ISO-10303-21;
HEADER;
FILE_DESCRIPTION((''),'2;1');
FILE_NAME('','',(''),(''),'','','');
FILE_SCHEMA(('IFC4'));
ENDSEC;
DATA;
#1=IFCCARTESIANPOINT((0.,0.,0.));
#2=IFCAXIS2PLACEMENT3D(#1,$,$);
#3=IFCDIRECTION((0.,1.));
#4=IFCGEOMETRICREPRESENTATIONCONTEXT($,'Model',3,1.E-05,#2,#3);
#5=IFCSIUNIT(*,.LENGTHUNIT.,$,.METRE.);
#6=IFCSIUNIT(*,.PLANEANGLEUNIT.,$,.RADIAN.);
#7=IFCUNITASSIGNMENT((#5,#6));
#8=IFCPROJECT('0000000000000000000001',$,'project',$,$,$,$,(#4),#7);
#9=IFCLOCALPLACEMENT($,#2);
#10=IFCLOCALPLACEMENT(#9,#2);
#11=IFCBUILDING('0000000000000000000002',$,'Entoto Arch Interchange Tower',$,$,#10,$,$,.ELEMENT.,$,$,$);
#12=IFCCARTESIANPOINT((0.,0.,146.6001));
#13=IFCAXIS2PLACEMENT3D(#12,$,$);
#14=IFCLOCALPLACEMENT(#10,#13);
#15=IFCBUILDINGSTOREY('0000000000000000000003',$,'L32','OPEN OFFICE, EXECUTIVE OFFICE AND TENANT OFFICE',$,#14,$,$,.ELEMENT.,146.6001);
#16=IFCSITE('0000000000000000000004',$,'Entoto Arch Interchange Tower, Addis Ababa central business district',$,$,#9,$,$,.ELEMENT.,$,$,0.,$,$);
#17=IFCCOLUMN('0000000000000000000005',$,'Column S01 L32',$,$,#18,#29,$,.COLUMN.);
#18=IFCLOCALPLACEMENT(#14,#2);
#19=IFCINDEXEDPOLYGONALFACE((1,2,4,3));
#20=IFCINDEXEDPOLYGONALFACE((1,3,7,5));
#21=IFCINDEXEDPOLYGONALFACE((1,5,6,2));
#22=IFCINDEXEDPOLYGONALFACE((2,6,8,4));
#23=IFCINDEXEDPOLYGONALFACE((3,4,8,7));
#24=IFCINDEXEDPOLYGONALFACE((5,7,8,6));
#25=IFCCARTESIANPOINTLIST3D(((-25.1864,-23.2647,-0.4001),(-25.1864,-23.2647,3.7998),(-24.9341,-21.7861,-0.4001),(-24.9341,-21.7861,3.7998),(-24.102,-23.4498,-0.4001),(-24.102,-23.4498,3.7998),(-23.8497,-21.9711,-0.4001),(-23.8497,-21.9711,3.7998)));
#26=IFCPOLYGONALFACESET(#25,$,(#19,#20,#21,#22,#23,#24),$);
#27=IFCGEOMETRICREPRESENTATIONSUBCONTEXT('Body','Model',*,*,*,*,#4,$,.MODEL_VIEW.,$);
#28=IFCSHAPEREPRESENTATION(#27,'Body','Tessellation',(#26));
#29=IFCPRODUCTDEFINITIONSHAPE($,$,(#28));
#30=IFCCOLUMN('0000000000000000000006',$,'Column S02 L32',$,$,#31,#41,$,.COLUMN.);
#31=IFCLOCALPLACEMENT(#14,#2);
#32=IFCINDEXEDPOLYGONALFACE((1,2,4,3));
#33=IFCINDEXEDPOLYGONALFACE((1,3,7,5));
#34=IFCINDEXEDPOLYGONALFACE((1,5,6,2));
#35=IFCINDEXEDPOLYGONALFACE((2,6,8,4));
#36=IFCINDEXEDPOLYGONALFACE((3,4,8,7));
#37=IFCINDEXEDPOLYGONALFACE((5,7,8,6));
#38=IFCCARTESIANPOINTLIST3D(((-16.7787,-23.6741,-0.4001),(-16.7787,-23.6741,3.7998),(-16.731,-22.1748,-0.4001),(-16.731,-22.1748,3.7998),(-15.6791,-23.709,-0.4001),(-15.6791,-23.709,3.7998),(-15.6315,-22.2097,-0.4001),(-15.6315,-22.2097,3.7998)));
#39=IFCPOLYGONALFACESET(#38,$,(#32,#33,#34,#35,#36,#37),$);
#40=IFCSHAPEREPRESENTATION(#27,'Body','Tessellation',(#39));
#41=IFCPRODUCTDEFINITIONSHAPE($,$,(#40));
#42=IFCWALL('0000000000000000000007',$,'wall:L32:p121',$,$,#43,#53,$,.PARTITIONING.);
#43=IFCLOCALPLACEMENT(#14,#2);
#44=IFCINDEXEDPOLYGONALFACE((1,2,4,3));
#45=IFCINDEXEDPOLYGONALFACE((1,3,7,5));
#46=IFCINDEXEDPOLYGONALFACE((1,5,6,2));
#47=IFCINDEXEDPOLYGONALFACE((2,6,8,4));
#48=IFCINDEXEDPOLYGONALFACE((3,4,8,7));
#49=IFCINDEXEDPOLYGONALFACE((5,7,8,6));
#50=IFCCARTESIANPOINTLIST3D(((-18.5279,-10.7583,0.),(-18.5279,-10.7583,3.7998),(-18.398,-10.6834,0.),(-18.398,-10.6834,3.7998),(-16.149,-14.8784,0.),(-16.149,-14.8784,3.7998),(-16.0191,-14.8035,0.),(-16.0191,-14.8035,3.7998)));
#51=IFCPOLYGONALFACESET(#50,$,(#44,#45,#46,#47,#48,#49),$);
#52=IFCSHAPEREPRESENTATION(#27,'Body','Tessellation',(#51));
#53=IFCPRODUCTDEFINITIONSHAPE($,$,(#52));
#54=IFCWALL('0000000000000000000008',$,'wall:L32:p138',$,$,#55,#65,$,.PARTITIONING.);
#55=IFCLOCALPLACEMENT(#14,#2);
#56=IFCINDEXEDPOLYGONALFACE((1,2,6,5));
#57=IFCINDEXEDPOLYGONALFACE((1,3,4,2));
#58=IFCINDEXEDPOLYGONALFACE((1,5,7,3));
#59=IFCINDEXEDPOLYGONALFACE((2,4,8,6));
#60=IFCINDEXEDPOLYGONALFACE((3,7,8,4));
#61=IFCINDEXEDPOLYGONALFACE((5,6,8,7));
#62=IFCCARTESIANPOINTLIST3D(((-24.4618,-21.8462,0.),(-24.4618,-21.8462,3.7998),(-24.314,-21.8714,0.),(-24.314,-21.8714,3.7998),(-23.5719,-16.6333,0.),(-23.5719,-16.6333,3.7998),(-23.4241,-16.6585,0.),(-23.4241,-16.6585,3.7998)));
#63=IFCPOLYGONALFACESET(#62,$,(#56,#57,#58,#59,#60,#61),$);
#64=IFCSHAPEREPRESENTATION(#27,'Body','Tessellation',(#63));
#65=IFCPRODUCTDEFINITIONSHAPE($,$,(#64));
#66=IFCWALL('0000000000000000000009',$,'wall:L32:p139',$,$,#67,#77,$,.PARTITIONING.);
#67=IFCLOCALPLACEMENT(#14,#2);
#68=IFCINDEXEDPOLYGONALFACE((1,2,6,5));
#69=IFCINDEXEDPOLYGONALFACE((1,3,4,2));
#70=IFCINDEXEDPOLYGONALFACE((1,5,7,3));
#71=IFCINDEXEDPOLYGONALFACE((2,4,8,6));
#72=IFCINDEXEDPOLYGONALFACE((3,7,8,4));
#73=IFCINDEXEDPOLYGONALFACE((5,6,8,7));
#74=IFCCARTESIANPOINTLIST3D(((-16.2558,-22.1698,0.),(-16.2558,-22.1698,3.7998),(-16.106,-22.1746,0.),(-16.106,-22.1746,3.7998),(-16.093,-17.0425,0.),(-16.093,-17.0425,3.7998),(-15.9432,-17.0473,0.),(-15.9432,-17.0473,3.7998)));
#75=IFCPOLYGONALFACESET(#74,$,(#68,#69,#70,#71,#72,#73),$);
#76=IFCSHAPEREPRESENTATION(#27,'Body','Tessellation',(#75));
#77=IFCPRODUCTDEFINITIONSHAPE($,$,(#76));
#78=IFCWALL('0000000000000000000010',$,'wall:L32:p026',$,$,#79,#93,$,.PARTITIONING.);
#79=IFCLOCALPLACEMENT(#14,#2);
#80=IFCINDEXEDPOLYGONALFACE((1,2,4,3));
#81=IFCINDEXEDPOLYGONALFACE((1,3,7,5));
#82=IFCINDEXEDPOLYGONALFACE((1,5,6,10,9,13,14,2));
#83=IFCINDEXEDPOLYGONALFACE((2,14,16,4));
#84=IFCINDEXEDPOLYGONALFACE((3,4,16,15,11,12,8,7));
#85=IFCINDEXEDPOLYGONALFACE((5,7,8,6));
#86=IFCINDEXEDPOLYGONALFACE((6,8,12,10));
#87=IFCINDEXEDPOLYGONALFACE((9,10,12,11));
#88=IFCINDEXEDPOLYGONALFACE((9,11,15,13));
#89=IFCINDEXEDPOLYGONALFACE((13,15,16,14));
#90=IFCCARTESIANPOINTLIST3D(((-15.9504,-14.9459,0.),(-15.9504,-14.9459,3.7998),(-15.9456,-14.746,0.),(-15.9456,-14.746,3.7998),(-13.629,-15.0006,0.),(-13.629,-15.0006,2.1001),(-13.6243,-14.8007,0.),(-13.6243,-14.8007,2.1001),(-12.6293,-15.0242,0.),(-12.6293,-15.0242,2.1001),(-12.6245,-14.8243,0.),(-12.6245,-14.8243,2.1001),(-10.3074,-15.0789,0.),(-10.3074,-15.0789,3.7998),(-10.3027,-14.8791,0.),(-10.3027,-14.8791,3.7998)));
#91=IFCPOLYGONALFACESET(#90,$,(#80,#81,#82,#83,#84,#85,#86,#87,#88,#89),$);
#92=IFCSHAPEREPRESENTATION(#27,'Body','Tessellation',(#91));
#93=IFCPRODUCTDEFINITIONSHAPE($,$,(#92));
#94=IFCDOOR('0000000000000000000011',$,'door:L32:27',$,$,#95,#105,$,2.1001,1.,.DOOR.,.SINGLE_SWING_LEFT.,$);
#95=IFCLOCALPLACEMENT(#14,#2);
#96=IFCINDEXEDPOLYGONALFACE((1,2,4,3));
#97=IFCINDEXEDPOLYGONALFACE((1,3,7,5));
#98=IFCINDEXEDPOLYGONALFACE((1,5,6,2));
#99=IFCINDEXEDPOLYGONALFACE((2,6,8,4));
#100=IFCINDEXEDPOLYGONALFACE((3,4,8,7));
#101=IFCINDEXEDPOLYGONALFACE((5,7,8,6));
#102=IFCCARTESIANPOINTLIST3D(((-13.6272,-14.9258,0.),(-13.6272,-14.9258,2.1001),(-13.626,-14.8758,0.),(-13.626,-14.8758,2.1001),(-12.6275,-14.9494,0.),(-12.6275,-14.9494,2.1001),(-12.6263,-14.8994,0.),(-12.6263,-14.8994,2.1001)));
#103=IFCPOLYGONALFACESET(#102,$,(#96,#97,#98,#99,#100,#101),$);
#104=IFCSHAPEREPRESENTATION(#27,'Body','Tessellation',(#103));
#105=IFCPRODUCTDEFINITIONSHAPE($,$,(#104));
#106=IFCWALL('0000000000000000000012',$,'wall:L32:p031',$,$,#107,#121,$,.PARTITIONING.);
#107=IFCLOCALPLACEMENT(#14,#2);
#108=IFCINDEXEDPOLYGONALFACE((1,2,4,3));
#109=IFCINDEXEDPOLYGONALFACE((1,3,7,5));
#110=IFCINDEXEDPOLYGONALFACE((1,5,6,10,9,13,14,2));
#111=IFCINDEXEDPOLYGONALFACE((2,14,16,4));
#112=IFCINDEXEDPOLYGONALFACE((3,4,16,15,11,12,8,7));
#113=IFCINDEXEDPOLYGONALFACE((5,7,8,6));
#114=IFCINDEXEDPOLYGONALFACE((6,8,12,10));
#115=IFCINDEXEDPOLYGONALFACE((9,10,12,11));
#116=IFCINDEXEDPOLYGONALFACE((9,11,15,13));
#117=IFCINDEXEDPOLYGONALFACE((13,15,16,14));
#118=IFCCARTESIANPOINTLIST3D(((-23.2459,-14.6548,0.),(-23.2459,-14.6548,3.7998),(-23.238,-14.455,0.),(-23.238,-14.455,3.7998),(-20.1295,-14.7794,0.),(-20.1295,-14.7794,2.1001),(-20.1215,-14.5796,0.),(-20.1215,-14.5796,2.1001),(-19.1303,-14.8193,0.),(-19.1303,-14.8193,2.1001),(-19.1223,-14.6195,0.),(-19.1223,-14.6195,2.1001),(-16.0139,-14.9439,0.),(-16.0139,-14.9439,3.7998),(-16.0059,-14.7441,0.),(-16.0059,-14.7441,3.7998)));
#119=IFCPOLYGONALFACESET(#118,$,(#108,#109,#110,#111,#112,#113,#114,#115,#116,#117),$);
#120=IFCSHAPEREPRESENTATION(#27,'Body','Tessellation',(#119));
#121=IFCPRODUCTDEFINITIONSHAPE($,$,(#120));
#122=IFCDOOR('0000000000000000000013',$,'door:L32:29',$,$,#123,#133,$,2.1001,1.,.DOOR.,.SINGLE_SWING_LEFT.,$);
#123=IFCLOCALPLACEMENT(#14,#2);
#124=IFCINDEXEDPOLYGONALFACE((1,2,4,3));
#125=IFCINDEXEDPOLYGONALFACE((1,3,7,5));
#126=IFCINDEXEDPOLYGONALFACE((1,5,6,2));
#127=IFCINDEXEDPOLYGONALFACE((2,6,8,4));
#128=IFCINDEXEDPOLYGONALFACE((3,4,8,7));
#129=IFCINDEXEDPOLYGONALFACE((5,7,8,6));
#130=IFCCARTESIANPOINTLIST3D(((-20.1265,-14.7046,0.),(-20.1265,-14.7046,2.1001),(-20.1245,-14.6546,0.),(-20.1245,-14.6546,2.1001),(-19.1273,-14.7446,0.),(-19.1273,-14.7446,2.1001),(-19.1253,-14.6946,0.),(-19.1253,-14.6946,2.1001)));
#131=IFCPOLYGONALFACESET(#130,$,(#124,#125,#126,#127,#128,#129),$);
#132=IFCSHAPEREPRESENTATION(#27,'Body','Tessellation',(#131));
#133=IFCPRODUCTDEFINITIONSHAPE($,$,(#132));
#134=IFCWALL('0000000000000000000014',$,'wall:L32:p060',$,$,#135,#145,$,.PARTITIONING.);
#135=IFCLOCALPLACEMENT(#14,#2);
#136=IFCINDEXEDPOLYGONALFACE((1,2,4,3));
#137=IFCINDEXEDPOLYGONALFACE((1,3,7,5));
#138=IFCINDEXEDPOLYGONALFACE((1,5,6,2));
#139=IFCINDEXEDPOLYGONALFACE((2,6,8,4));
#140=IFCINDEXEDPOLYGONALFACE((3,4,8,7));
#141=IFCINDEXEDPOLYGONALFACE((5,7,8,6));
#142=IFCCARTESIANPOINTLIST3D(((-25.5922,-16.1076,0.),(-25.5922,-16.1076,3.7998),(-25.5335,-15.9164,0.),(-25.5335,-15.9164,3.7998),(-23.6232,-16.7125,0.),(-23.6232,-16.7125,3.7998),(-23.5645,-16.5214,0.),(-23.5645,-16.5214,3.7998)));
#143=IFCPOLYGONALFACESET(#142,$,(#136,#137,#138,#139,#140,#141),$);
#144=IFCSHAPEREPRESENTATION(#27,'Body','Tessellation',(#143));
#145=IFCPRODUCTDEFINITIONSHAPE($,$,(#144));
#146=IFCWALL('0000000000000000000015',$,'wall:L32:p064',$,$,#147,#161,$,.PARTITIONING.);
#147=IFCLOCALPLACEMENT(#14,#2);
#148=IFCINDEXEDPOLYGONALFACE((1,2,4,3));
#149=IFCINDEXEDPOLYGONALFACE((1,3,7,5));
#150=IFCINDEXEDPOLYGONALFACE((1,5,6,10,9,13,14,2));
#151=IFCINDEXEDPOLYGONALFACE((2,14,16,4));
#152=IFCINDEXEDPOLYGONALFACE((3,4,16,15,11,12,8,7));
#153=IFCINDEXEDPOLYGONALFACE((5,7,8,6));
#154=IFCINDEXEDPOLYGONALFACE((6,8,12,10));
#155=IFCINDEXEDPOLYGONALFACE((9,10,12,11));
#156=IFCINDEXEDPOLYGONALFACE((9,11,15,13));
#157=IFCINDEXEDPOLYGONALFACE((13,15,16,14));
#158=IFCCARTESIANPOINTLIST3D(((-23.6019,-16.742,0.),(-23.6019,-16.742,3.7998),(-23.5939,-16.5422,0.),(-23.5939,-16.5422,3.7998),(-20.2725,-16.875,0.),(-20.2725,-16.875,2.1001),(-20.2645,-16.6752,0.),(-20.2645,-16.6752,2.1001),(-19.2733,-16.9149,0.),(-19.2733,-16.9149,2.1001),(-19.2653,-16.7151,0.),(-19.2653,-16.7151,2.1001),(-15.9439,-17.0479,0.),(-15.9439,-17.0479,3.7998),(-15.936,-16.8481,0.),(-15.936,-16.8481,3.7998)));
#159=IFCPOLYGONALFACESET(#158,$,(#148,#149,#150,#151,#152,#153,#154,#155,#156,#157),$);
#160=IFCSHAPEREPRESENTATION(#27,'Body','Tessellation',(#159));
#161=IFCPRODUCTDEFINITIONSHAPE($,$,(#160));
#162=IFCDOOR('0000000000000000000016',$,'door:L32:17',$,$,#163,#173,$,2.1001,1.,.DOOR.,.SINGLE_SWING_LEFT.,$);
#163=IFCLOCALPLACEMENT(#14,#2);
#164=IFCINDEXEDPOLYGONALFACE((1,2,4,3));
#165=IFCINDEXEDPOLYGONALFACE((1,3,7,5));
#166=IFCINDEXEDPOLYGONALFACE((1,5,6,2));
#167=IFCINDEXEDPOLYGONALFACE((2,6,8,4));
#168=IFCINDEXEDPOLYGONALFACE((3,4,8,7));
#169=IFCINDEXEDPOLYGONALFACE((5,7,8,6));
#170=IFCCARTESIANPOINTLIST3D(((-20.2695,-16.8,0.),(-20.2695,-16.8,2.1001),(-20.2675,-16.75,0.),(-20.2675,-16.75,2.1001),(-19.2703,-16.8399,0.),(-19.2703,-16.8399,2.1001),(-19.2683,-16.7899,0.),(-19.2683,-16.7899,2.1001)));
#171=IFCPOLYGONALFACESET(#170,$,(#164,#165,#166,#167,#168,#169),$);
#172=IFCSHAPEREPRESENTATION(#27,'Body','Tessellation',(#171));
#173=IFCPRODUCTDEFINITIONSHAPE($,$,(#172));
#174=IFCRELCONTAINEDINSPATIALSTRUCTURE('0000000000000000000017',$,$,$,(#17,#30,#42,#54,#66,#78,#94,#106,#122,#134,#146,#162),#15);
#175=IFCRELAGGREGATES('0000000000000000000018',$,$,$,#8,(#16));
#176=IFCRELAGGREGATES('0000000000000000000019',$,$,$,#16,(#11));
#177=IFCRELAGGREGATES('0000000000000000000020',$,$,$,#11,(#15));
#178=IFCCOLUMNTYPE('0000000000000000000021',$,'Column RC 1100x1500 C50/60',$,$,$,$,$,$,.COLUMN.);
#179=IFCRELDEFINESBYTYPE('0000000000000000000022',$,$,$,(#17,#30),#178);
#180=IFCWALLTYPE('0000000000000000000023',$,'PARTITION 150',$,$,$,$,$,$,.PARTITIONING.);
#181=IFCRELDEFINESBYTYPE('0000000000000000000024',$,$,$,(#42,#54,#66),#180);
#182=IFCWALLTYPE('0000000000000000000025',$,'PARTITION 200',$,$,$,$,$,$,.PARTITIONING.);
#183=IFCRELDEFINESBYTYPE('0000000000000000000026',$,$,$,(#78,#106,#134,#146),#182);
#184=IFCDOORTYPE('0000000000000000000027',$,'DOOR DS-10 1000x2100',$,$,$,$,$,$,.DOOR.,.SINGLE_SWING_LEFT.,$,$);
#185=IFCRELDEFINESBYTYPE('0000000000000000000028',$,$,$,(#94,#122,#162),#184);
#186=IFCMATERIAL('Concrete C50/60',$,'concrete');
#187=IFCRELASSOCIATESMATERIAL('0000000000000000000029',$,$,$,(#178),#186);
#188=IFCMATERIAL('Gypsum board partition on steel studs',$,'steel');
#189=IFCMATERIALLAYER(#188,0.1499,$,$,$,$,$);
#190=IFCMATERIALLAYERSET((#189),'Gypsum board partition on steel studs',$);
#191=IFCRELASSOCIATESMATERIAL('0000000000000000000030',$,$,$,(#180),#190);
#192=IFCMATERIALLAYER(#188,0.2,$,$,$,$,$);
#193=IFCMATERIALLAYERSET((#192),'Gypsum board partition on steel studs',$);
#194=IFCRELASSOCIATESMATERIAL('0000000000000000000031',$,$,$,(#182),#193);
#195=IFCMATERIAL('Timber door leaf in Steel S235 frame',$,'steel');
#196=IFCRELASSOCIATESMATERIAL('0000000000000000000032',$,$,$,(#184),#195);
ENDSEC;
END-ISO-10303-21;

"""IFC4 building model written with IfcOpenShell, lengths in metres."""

from ifc_helpers import new_model, si_unit, direction, frame, frame_2d, origin, origin_2d, place, context, subcontext, project, spatial, rectangle, extrude, material, layer, layer_set, material_profile, profile_set, type_object, element, fill, save


model = new_model("IFC4")

# Units and contexts
model_context = context("Model", 3, precision=1e-05, world=origin(), true_north=direction((0.0, 1.0)))
body_context = subcontext(model_context, "Body", "Model", "MODEL_VIEW")
ifc_project = project(units=[si_unit("LENGTHUNIT", "METRE"), si_unit("PLANEANGLEUNIT", "RADIAN")], contexts=[model_context])

# Site, building, storey
site_placement = place(None, origin())
site = spatial("IfcSite", under=ifc_project, at=site_placement, Name="Entoto Arch Interchange Tower, Addis Ababa central business district", CompositionType="ELEMENT", RefElevation=0.0)
building_placement = place(site_placement, origin())
building = spatial("IfcBuilding", under=site, at=building_placement, Name="Entoto Arch Interchange Tower", CompositionType="ELEMENT")
storey_placement = place(building_placement, frame((0.0, 0.0, 146.6001)))
storey = spatial("IfcBuildingStorey", under=building, at=storey_placement, Name="L32", Description="OPEN OFFICE, EXECUTIVE OFFICE AND TENANT OFFICE", CompositionType="ELEMENT", Elevation=146.6001)

# Columns
ifc_material_1 = material(Name="Concrete C50/60", Category="concrete")
ifc_material_profile = material_profile(ifc_material_1, rectangle(XDim=1.1001, YDim=1.5, at=origin_2d()))
ifc_profile_set = profile_set([ifc_material_profile], Name="Concrete C50/60")
column_type = type_object("IfcColumnType", Name="Column RC 1100x1500 C50/60", PredefinedType="COLUMN", material=ifc_profile_set)
for number, where, z_axis, x_axis, name in (
    (1, (-24.5181, -22.6179, -0.4001), (0.0, 0.0, 1.0), (-0.985753, 0.168197, 0.0), "Column S01 L32"),
    (2, (-16.2051, -22.9419, -0.4001), (0.0, 0.0, 1.0), (-0.999496, 0.031742, 0.0), "Column S02 L32"),
):
    element("IfcColumn", number, at=place(storey_placement, frame(where, z_axis=z_axis, x_axis=x_axis)), inside=storey, type_object=column_type, Name=name, PredefinedType="COLUMN", context=body_context, shape_type="SweptSolid", body=[
        extrude(rectangle(XDim=1.1001, YDim=1.5, at=origin_2d()), origin(), (0.0, 0.0, 1.0), 4.2),
    ])

# Walls
ifc_material_2 = material(Name="Gypsum board partition on steel studs", Category="steel")
ifc_layer_1 = layer(ifc_material_2, 0.1499)
ifc_layer_set_1 = layer_set([ifc_layer_1], Name="Gypsum board partition on steel studs")
wall_type_1 = type_object("IfcWallType", Name="PARTITION 150", PredefinedType="PARTITIONING", material=ifc_layer_set_1)
wall_1_placement = place(storey_placement, frame((-16.084, -14.8411, 0.0), z_axis=(0.0, 0.0, 1.0), x_axis=(-0.500025, 0.866011, 0.0)))
element("IfcWall", 3, at=wall_1_placement, inside=storey, type_object=wall_type_1, Name="wall:L32:p121", PredefinedType="PARTITIONING", context=body_context, shape_type="SweptSolid", body=[
    extrude(rectangle(XDim=4.7576, YDim=0.1499, at=frame_2d((2.3789, 0.0))), origin(), (0.0, 0.0, 1.0), 3.7998),
])
wall_2_placement = place(storey_placement, frame((-23.498, -16.646, 0.0), z_axis=(0.0, 0.0, 1.0), x_axis=(-0.168276, -0.98574, 0.0)))
element("IfcWall", 4, at=wall_2_placement, inside=storey, type_object=wall_type_1, Name="wall:L32:p138", PredefinedType="PARTITIONING", context=body_context, shape_type="SweptSolid", body=[
    extrude(rectangle(XDim=5.2883, YDim=0.1499, at=frame_2d((2.644, 0.0))), origin(), (0.0, 0.0, 1.0), 3.7998),
])
wall_3_placement = place(storey_placement, frame((-16.0181, -17.0449, 0.0), z_axis=(0.0, 0.0, 1.0), x_axis=(-0.031744, -0.999496, 0.0)))
element("IfcWall", 5, at=wall_3_placement, inside=storey, type_object=wall_type_1, Name="wall:L32:p139", PredefinedType="PARTITIONING", context=body_context, shape_type="SweptSolid", body=[
    extrude(rectangle(XDim=5.1299, YDim=0.1499, at=frame_2d((2.5649, 0.0))), origin(), (0.0, 0.0, 1.0), 3.7998),
])

# Walls, openings, doors
ifc_layer_2 = layer(ifc_material_2, 0.2)
ifc_layer_set_2 = layer_set([ifc_layer_2], Name="Gypsum board partition on steel studs")
wall_type_2 = type_object("IfcWallType", Name="PARTITION 200", PredefinedType="PARTITIONING", material=ifc_layer_set_2)
wall_4_placement = place(storey_placement, frame((-15.948, -14.8459, 0.0), z_axis=(0.0, 0.0, 1.0), x_axis=(0.999722, -0.023572, 0.0)))
wall_4 = element("IfcWall", 6, at=wall_4_placement, inside=storey, type_object=wall_type_2, Name="wall:L32:p026", PredefinedType="PARTITIONING", context=body_context, shape_type="SweptSolid", body=[
    extrude(rectangle(XDim=5.6445, YDim=0.2, at=frame_2d((2.8223, 0.0))), origin(), (0.0, 0.0, 1.0), 3.7998),
])
opening_1_placement = place(wall_4_placement, frame((2.322, 0.0, 0.0)))
opening_1 = element("IfcOpeningElement", 7, at=opening_1_placement, cuts=wall_4, PredefinedType="OPENING", context=body_context, shape_type="SweptSolid", body=[
    extrude(rectangle(XDim=1.0, YDim=2.1001, at=frame_2d((0.5, 1.05))), frame((0.0, 0.1099, 0.0), z_axis=(0.0, -1.0, 0.0), x_axis=(1.0, 0.0, 0.0)), (0.0, 0.0, 1.0), 0.22),
])
ifc_material_3 = material(Name="Timber door leaf in Steel S235 frame", Category="steel")
door_type = type_object("IfcDoorType", Name="DOOR DS-10 1000x2100", OperationType="SINGLE_SWING_LEFT", PredefinedType="DOOR", material=ifc_material_3)
door_1_placement = place(opening_1_placement, origin())
door_1 = element("IfcDoor", 8, at=door_1_placement, inside=storey, type_object=door_type, Name="door:L32:27", OperationType="SINGLE_SWING_LEFT", OverallHeight=2.1001, OverallWidth=1.0, PredefinedType="DOOR", context=body_context, shape_type="SweptSolid", body=[
    extrude(rectangle(XDim=1.0, YDim=2.1001, at=frame_2d((0.5, 1.05))), frame((0.0, 0.0249, 0.0), z_axis=(0.0, -1.0, 0.0), x_axis=(1.0, 0.0, 0.0)), (0.0, 0.0, 1.0), 0.05),
])
fill(opening_1, door_1)
wall_5_placement = place(storey_placement, frame((-23.2419, -14.5549, 0.0), z_axis=(0.0, 0.0, 1.0), x_axis=(0.999202, -0.039938, 0.0)))
wall_5 = element("IfcWall", 9, at=wall_5_placement, inside=storey, type_object=wall_type_2, Name="wall:L32:p031", PredefinedType="PARTITIONING", context=body_context, shape_type="SweptSolid", body=[
    extrude(rectangle(XDim=7.2378, YDim=0.2, at=frame_2d((3.6189, 0.0))), origin(), (0.0, 0.0, 1.0), 3.7998),
])
opening_2_placement = place(wall_5_placement, frame((3.1189, 0.0, 0.0)))
opening_2 = element("IfcOpeningElement", 10, at=opening_2_placement, cuts=wall_5, PredefinedType="OPENING", context=body_context, shape_type="SweptSolid", body=[
    extrude(rectangle(XDim=1.0, YDim=2.1001, at=frame_2d((0.5, 1.05))), frame((0.0, 0.1099, 0.0), z_axis=(0.0, -1.0, 0.0), x_axis=(1.0, 0.0, 0.0)), (0.0, 0.0, 1.0), 0.22),
])
door_2_placement = place(opening_2_placement, origin())
door_2 = element("IfcDoor", 11, at=door_2_placement, inside=storey, type_object=door_type, Name="door:L32:29", OperationType="SINGLE_SWING_LEFT", OverallHeight=2.1001, OverallWidth=1.0, PredefinedType="DOOR", context=body_context, shape_type="SweptSolid", body=[
    extrude(rectangle(XDim=1.0, YDim=2.1001, at=frame_2d((0.5, 1.05))), frame((0.0, 0.0249, 0.0), z_axis=(0.0, -1.0, 0.0), x_axis=(1.0, 0.0, 0.0)), (0.0, 0.0, 1.0), 0.05),
])
fill(opening_2, door_2)

# Wall
wall_6_placement = place(storey_placement, frame((-23.594, -16.6169, 0.0), z_axis=(0.0, 0.0, 1.0), x_axis=(-0.955897, 0.293703, 0.0)))
element("IfcWall", 12, at=wall_6_placement, inside=storey, type_object=wall_type_2, Name="wall:L32:p060", PredefinedType="PARTITIONING", context=body_context, shape_type="SweptSolid", body=[
    extrude(rectangle(XDim=2.0598, YDim=0.2, at=frame_2d((1.0298, 0.0))), origin(), (0.0, 0.0, 1.0), 3.7998),
])

# Wall, opening, door
wall_7_placement = place(storey_placement, frame((-15.9399, -16.948, 0.0), z_axis=(0.0, 0.0, 1.0), x_axis=(-0.999203, 0.039915, 0.0)))
wall_7 = element("IfcWall", 13, at=wall_7_placement, inside=storey, type_object=wall_type_2, Name="wall:L32:p064", PredefinedType="PARTITIONING", context=body_context, shape_type="SweptSolid", body=[
    extrude(rectangle(XDim=7.6641, YDim=0.2, at=frame_2d((3.832, 0.0))), origin(), (0.0, 0.0, 1.0), 3.7998),
])
opening_3_placement = place(wall_7_placement, frame((3.332, 0.0, 0.0)))
opening_3 = element("IfcOpeningElement", 14, at=opening_3_placement, cuts=wall_7, PredefinedType="OPENING", context=body_context, shape_type="SweptSolid", body=[
    extrude(rectangle(XDim=1.0, YDim=2.1001, at=frame_2d((0.5, 1.05))), frame((0.0, 0.1099, 0.0), z_axis=(0.0, -1.0, 0.0), x_axis=(1.0, 0.0, 0.0)), (0.0, 0.0, 1.0), 0.22),
])
door_3_placement = place(opening_3_placement, origin())
door_3 = element("IfcDoor", 15, at=door_3_placement, inside=storey, type_object=door_type, Name="door:L32:17", OperationType="SINGLE_SWING_LEFT", OverallHeight=2.1001, OverallWidth=1.0, PredefinedType="DOOR", context=body_context, shape_type="SweptSolid", body=[
    extrude(rectangle(XDim=1.0, YDim=2.1001, at=frame_2d((0.5, 1.05))), frame((0.0, 0.0249, 0.0), z_axis=(0.0, -1.0, 0.0), x_axis=(1.0, 0.0, 0.0)), (0.0, 0.0, 1.0), 0.05),
])
fill(opening_3, door_3)

save(model, "model.ifc")
